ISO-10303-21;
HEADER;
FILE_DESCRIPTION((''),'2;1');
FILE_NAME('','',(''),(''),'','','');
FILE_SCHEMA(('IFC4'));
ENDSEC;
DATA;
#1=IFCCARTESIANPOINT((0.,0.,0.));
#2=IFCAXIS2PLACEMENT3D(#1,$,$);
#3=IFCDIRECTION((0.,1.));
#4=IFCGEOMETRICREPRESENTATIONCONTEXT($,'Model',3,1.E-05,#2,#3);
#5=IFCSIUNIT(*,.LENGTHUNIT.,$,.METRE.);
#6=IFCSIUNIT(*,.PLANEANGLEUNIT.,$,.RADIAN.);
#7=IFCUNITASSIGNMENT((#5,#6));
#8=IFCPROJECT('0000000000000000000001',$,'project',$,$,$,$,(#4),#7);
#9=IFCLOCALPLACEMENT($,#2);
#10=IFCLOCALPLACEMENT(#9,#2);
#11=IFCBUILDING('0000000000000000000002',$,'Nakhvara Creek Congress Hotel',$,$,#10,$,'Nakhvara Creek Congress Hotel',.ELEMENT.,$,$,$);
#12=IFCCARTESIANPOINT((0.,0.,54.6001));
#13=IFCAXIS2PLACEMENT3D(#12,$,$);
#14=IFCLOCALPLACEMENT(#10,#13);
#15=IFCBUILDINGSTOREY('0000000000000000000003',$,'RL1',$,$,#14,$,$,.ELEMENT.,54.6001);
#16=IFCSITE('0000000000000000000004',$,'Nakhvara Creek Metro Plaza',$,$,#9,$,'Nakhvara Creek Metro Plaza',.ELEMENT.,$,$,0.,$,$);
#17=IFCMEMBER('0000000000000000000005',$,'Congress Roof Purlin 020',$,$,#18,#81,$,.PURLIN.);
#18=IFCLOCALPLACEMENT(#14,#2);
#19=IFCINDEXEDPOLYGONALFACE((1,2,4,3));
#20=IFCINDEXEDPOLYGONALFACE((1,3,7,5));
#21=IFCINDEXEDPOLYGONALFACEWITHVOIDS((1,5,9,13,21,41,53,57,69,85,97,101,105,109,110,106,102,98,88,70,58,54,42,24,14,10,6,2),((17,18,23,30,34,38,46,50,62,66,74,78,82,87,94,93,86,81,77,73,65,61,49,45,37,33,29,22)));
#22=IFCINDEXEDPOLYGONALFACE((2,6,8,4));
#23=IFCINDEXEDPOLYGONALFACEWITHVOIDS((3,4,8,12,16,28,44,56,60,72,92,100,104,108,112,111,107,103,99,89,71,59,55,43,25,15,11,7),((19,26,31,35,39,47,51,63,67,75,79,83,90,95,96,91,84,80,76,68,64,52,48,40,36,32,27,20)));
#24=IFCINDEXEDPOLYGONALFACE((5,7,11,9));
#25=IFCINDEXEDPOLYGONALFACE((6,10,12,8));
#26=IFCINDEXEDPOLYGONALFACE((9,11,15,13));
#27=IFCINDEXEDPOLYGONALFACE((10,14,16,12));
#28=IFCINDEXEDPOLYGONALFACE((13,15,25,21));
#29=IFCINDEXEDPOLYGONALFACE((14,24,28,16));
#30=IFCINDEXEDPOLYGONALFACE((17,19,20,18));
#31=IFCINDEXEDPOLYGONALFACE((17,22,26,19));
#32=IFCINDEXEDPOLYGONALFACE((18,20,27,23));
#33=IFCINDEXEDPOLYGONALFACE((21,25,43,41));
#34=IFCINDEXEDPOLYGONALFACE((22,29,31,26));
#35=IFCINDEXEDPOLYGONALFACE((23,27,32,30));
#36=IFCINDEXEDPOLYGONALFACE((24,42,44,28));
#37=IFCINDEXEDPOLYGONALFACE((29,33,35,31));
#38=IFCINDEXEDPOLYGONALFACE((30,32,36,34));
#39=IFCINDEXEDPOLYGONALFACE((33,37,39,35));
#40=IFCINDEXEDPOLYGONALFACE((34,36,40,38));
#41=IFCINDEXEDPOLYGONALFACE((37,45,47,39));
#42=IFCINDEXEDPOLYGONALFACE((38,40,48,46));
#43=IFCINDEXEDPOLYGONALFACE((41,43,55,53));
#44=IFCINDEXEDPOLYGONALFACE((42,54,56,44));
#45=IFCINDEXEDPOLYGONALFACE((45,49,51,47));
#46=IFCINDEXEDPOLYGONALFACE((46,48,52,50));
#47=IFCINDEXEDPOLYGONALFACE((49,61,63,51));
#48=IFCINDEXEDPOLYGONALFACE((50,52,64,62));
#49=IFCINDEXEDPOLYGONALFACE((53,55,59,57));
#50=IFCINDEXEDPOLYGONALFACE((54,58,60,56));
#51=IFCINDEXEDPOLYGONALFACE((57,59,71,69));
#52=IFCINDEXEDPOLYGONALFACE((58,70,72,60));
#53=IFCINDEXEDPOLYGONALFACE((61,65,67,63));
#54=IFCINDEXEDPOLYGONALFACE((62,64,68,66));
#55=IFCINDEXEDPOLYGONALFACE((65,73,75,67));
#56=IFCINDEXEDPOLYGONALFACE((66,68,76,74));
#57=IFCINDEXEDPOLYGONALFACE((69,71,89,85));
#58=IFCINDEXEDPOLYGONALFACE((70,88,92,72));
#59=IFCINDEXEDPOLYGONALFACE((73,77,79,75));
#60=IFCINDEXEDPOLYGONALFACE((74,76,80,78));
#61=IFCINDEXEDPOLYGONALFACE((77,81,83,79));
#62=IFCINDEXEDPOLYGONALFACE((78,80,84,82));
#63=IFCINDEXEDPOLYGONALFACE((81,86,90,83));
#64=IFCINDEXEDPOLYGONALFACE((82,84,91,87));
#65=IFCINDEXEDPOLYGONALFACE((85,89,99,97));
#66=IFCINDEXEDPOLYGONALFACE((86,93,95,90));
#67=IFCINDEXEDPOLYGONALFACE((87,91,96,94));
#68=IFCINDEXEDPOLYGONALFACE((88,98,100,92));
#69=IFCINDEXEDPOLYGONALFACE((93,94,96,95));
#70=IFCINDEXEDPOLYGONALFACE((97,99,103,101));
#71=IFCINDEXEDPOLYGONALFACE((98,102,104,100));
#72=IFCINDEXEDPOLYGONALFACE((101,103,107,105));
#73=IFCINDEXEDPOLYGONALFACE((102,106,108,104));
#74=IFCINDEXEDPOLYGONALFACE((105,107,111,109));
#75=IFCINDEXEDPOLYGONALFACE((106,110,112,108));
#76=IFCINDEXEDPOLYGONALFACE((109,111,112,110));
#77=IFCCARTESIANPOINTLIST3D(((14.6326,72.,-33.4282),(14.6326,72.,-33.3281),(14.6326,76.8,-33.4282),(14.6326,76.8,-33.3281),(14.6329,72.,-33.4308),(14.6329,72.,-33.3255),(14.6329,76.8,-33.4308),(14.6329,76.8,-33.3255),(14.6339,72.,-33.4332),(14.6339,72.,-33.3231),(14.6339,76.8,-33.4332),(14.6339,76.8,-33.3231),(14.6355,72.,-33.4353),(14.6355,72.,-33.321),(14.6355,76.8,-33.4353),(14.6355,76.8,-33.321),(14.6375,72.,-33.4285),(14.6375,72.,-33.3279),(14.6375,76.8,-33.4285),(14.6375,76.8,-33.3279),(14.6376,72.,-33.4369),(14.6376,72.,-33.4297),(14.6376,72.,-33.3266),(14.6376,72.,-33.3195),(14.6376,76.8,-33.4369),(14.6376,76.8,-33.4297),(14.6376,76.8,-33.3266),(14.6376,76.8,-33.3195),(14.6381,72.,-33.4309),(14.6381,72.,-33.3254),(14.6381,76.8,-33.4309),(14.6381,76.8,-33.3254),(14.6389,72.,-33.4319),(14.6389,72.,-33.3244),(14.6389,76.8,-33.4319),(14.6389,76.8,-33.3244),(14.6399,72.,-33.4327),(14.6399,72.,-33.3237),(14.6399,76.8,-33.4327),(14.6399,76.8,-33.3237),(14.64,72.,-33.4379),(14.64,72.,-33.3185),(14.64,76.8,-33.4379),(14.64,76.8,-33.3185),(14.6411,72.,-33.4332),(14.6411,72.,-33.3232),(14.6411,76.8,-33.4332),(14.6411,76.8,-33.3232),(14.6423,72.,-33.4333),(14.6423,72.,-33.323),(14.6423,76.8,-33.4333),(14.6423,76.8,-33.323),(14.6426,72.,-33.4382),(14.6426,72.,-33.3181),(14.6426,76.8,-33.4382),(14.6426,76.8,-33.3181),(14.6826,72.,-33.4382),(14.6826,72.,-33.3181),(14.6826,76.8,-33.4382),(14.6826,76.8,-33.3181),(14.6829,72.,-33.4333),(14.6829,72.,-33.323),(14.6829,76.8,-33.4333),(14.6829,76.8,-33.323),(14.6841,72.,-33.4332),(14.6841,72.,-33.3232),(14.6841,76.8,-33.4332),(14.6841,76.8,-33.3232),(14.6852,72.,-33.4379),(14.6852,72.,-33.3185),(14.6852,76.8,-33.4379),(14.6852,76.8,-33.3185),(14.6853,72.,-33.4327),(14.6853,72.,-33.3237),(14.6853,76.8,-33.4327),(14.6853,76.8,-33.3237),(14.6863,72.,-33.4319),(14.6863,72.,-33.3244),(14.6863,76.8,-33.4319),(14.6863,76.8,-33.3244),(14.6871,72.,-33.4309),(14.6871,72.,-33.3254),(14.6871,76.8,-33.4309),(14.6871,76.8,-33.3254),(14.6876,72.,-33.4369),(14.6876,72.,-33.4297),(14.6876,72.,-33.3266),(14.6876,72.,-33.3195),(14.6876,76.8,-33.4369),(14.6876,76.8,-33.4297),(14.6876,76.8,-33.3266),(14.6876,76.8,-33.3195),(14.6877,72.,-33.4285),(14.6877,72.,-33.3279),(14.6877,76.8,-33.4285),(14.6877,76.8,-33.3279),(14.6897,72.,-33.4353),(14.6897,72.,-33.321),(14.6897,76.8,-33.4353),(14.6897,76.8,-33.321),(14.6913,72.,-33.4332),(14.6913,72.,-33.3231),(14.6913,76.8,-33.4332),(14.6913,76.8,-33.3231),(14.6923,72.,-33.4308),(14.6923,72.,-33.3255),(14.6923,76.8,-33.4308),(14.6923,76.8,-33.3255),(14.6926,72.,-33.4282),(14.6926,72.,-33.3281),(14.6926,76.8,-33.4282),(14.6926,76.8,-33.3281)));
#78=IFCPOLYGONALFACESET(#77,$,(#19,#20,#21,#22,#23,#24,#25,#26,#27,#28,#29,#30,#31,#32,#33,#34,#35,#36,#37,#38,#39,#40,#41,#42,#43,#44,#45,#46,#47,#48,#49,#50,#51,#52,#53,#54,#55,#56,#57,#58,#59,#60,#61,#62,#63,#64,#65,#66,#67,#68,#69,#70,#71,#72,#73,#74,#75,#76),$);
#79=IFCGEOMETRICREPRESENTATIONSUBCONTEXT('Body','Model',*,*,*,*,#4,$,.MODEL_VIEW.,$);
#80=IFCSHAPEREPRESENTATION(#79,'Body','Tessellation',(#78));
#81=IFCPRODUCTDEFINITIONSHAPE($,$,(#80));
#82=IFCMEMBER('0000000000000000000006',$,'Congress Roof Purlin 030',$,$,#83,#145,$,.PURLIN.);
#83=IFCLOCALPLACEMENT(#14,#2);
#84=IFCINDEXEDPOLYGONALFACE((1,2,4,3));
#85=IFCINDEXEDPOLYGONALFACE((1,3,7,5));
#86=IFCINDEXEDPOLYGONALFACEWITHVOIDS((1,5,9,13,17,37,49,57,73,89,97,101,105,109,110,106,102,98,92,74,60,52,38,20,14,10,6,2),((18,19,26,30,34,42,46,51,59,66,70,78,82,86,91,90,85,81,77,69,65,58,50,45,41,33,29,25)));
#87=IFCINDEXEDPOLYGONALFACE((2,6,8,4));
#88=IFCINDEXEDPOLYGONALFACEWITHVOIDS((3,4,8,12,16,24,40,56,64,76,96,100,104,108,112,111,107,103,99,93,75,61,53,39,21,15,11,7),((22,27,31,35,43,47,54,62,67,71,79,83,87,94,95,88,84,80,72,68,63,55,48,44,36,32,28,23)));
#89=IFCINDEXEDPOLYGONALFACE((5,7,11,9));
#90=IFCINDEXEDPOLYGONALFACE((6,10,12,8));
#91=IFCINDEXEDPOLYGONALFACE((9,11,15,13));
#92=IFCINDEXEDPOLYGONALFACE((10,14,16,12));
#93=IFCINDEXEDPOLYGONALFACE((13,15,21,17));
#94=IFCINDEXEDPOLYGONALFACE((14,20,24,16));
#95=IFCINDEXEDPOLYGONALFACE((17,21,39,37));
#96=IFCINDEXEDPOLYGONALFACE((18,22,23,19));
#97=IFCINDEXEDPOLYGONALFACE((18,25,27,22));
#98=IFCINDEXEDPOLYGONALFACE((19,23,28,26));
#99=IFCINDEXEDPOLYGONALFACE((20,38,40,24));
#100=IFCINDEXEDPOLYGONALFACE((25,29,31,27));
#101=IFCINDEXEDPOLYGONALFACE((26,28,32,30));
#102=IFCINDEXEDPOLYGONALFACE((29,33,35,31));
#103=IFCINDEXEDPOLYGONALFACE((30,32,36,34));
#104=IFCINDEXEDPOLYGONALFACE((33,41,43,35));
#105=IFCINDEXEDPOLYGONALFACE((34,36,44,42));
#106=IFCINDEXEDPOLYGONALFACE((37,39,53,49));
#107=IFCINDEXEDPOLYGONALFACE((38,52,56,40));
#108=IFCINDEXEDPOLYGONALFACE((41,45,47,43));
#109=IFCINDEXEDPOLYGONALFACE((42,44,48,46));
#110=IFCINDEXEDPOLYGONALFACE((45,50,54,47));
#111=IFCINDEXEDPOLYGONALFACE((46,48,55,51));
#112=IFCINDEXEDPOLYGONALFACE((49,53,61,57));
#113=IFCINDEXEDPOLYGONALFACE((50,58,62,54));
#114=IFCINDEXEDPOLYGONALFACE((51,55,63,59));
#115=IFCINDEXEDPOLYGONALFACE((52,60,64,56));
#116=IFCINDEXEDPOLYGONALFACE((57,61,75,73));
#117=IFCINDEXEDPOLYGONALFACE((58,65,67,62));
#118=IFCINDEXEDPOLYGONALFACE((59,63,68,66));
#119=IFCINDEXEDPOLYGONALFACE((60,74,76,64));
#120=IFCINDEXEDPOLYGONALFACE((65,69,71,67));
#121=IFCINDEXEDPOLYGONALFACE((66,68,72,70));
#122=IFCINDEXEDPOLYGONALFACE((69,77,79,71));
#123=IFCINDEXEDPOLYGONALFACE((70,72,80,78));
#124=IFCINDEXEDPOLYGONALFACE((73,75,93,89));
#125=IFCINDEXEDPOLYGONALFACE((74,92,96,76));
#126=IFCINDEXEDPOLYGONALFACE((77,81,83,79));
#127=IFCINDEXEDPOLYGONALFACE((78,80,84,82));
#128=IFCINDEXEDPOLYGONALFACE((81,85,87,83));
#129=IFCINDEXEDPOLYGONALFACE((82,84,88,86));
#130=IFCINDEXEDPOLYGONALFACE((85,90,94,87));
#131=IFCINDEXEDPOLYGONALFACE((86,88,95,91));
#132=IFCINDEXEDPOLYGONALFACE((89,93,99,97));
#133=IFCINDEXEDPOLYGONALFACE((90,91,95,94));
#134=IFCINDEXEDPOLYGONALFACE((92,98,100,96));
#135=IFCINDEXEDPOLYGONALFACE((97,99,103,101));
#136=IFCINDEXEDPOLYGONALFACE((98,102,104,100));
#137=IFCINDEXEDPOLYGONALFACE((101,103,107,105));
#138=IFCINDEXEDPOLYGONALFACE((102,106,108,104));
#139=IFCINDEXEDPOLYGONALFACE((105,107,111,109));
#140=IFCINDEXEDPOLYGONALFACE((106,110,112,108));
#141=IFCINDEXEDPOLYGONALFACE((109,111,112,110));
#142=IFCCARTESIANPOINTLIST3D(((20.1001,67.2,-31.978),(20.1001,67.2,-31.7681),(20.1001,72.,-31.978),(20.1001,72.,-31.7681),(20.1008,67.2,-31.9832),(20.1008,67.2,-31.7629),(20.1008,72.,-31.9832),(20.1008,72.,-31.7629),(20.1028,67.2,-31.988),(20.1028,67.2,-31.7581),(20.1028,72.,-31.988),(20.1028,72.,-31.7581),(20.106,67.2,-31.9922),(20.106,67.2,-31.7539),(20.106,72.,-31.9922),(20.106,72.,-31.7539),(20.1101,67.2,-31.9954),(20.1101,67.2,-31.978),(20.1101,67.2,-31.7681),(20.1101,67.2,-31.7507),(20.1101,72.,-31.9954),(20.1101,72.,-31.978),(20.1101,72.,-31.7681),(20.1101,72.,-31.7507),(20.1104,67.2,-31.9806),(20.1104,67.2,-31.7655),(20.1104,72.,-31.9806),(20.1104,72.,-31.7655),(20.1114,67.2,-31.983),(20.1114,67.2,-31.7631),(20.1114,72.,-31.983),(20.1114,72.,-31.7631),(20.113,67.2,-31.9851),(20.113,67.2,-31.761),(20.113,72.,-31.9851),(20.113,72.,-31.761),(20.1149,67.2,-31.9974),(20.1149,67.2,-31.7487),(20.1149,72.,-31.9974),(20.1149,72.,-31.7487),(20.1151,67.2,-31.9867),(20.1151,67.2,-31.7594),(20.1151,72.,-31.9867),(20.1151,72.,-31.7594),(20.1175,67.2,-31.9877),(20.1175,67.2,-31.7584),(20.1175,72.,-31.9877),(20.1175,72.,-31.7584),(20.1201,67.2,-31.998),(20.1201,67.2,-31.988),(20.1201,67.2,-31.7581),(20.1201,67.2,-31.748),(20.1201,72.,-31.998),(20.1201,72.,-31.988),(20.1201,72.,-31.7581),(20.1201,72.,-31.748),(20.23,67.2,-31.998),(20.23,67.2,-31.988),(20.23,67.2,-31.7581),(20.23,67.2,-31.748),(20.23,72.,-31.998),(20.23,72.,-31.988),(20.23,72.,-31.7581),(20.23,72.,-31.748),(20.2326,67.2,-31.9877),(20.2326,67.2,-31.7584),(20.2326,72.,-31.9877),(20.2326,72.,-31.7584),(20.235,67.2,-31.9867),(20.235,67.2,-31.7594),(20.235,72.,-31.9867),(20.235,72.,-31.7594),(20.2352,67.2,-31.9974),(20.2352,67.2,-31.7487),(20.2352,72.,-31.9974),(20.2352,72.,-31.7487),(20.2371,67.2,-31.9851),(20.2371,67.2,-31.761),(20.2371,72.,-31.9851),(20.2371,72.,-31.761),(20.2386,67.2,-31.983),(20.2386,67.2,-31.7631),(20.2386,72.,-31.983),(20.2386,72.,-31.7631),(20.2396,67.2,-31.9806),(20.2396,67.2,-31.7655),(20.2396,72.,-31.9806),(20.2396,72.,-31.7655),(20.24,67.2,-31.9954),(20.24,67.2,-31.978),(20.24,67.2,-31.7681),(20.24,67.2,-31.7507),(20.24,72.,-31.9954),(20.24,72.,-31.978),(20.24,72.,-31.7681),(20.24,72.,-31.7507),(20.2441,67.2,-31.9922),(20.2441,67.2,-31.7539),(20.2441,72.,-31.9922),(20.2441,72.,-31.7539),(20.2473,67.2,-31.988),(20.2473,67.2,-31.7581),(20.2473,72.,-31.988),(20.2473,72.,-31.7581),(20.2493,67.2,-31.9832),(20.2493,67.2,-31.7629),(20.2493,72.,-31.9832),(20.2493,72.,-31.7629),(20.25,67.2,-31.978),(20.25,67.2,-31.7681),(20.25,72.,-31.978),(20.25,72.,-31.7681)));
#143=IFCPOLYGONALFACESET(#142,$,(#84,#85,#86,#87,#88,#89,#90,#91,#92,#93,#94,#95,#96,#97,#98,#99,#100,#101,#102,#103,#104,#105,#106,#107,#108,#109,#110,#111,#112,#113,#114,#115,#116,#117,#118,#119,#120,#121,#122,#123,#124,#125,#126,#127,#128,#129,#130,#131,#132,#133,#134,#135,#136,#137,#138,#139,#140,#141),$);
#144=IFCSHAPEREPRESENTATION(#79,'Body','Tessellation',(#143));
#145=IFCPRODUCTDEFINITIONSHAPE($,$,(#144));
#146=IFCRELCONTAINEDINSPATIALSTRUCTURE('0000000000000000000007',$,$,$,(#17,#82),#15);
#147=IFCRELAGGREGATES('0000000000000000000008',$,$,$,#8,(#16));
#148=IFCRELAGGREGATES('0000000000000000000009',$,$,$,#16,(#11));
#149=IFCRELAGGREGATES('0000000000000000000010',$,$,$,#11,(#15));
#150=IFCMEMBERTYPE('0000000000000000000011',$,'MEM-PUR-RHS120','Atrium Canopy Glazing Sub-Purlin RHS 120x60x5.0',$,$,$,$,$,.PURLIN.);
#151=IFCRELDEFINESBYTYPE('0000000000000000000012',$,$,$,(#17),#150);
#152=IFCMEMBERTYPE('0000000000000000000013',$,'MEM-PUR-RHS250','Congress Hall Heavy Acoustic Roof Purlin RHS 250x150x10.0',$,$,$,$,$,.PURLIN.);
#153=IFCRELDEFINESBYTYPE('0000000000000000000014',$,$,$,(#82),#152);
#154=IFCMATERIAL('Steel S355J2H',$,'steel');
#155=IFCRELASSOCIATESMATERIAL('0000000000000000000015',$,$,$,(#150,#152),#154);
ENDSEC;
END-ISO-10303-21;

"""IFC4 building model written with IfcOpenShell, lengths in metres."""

from ifc_helpers import new_model, si_unit, direction, frame, origin, origin_2d, place, context, subcontext, project, spatial, hollow_rectangle, extrude, material, material_profile, profile_set, type_object, element, save


model = new_model("IFC4")

# Units and contexts
model_context = context("Model", 3, precision=1e-05, world=origin(), true_north=direction((0.0, 1.0)))
body_context = subcontext(model_context, "Body", "Model", "MODEL_VIEW")
ifc_project = project(units=[si_unit("LENGTHUNIT", "METRE"), si_unit("PLANEANGLEUNIT", "RADIAN")], contexts=[model_context])

# Site, building, storey
site_placement = place(None, origin())
site = spatial("IfcSite", under=ifc_project, at=site_placement, Name="Nakhvara Creek Metro Plaza", LongName="Nakhvara Creek Metro Plaza", CompositionType="ELEMENT", RefElevation=0.0)
building_placement = place(site_placement, origin())
building = spatial("IfcBuilding", under=site, at=building_placement, Name="Nakhvara Creek Congress Hotel", LongName="Nakhvara Creek Congress Hotel", CompositionType="ELEMENT")
storey_placement = place(building_placement, frame((0.0, 0.0, 54.6001)))
storey = spatial("IfcBuildingStorey", under=building, at=storey_placement, Name="RL1", CompositionType="ELEMENT", Elevation=54.6001)

# Members
ifc_material_1 = material(Name="Steel S355J2H", Category="steel")
ifc_material_profile_1 = material_profile(ifc_material_1, hollow_rectangle(XDim=0.0601, YDim=0.1201, WallThickness=0.0049, InnerFilletRadius=0.0049, OuterFilletRadius=0.01, at=origin_2d()), Name="RHS 120x60x5.0", Category="LoadBearing")
ifc_profile_set_1 = profile_set([ifc_material_profile_1], Name="Steel S355J2H")
member_type_1 = type_object("IfcMemberType", Name="MEM-PUR-RHS120", Description="Atrium Canopy Glazing Sub-Purlin RHS 120x60x5.0", PredefinedType="PURLIN", material=ifc_profile_set_1)
for number, where, z_axis, x_axis, name in (
    (1, (14.6626, 72.0, -33.3782), (0.0, 1.0, 0.0), (-1.0, 0.0, 0.0), "Congress Roof Purlin 020"),
):
    element("IfcMember", number, at=place(storey_placement, frame(where, z_axis=z_axis, x_axis=x_axis)), inside=storey, type_object=member_type_1, Name=name, PredefinedType="PURLIN", context=body_context, shape_type="SweptSolid", body=[
        extrude(hollow_rectangle(XDim=0.0601, YDim=0.1201, WallThickness=0.0049, InnerFilletRadius=0.0049, OuterFilletRadius=0.01, at=origin_2d()), origin(), (0.0, 0.0, 1.0), 4.8),
    ])
ifc_material_profile_2 = material_profile(ifc_material_1, hollow_rectangle(XDim=0.1499, YDim=0.25, WallThickness=0.01, InnerFilletRadius=0.01, OuterFilletRadius=0.02, at=origin_2d()), Name="RHS 250x150x10.0", Category="LoadBearing")
ifc_profile_set_2 = profile_set([ifc_material_profile_2], Name="Steel S355J2H")
member_type_2 = type_object("IfcMemberType", Name="MEM-PUR-RHS250", Description="Congress Hall Heavy Acoustic Roof Purlin RHS 250x150x10.0", PredefinedType="PURLIN", material=ifc_profile_set_2)
for number, where, z_axis, x_axis, name in (
    (2, (20.175, 67.2, -31.873), (0.0, 1.0, 0.0), (-1.0, 0.0, 0.0), "Congress Roof Purlin 030"),
):
    element("IfcMember", number, at=place(storey_placement, frame(where, z_axis=z_axis, x_axis=x_axis)), inside=storey, type_object=member_type_2, Name=name, PredefinedType="PURLIN", context=body_context, shape_type="SweptSolid", body=[
        extrude(hollow_rectangle(XDim=0.1499, YDim=0.25, WallThickness=0.01, InnerFilletRadius=0.01, OuterFilletRadius=0.02, at=origin_2d()), origin(), (0.0, 0.0, 1.0), 4.8),
    ])

save(model, "model.ifc")
